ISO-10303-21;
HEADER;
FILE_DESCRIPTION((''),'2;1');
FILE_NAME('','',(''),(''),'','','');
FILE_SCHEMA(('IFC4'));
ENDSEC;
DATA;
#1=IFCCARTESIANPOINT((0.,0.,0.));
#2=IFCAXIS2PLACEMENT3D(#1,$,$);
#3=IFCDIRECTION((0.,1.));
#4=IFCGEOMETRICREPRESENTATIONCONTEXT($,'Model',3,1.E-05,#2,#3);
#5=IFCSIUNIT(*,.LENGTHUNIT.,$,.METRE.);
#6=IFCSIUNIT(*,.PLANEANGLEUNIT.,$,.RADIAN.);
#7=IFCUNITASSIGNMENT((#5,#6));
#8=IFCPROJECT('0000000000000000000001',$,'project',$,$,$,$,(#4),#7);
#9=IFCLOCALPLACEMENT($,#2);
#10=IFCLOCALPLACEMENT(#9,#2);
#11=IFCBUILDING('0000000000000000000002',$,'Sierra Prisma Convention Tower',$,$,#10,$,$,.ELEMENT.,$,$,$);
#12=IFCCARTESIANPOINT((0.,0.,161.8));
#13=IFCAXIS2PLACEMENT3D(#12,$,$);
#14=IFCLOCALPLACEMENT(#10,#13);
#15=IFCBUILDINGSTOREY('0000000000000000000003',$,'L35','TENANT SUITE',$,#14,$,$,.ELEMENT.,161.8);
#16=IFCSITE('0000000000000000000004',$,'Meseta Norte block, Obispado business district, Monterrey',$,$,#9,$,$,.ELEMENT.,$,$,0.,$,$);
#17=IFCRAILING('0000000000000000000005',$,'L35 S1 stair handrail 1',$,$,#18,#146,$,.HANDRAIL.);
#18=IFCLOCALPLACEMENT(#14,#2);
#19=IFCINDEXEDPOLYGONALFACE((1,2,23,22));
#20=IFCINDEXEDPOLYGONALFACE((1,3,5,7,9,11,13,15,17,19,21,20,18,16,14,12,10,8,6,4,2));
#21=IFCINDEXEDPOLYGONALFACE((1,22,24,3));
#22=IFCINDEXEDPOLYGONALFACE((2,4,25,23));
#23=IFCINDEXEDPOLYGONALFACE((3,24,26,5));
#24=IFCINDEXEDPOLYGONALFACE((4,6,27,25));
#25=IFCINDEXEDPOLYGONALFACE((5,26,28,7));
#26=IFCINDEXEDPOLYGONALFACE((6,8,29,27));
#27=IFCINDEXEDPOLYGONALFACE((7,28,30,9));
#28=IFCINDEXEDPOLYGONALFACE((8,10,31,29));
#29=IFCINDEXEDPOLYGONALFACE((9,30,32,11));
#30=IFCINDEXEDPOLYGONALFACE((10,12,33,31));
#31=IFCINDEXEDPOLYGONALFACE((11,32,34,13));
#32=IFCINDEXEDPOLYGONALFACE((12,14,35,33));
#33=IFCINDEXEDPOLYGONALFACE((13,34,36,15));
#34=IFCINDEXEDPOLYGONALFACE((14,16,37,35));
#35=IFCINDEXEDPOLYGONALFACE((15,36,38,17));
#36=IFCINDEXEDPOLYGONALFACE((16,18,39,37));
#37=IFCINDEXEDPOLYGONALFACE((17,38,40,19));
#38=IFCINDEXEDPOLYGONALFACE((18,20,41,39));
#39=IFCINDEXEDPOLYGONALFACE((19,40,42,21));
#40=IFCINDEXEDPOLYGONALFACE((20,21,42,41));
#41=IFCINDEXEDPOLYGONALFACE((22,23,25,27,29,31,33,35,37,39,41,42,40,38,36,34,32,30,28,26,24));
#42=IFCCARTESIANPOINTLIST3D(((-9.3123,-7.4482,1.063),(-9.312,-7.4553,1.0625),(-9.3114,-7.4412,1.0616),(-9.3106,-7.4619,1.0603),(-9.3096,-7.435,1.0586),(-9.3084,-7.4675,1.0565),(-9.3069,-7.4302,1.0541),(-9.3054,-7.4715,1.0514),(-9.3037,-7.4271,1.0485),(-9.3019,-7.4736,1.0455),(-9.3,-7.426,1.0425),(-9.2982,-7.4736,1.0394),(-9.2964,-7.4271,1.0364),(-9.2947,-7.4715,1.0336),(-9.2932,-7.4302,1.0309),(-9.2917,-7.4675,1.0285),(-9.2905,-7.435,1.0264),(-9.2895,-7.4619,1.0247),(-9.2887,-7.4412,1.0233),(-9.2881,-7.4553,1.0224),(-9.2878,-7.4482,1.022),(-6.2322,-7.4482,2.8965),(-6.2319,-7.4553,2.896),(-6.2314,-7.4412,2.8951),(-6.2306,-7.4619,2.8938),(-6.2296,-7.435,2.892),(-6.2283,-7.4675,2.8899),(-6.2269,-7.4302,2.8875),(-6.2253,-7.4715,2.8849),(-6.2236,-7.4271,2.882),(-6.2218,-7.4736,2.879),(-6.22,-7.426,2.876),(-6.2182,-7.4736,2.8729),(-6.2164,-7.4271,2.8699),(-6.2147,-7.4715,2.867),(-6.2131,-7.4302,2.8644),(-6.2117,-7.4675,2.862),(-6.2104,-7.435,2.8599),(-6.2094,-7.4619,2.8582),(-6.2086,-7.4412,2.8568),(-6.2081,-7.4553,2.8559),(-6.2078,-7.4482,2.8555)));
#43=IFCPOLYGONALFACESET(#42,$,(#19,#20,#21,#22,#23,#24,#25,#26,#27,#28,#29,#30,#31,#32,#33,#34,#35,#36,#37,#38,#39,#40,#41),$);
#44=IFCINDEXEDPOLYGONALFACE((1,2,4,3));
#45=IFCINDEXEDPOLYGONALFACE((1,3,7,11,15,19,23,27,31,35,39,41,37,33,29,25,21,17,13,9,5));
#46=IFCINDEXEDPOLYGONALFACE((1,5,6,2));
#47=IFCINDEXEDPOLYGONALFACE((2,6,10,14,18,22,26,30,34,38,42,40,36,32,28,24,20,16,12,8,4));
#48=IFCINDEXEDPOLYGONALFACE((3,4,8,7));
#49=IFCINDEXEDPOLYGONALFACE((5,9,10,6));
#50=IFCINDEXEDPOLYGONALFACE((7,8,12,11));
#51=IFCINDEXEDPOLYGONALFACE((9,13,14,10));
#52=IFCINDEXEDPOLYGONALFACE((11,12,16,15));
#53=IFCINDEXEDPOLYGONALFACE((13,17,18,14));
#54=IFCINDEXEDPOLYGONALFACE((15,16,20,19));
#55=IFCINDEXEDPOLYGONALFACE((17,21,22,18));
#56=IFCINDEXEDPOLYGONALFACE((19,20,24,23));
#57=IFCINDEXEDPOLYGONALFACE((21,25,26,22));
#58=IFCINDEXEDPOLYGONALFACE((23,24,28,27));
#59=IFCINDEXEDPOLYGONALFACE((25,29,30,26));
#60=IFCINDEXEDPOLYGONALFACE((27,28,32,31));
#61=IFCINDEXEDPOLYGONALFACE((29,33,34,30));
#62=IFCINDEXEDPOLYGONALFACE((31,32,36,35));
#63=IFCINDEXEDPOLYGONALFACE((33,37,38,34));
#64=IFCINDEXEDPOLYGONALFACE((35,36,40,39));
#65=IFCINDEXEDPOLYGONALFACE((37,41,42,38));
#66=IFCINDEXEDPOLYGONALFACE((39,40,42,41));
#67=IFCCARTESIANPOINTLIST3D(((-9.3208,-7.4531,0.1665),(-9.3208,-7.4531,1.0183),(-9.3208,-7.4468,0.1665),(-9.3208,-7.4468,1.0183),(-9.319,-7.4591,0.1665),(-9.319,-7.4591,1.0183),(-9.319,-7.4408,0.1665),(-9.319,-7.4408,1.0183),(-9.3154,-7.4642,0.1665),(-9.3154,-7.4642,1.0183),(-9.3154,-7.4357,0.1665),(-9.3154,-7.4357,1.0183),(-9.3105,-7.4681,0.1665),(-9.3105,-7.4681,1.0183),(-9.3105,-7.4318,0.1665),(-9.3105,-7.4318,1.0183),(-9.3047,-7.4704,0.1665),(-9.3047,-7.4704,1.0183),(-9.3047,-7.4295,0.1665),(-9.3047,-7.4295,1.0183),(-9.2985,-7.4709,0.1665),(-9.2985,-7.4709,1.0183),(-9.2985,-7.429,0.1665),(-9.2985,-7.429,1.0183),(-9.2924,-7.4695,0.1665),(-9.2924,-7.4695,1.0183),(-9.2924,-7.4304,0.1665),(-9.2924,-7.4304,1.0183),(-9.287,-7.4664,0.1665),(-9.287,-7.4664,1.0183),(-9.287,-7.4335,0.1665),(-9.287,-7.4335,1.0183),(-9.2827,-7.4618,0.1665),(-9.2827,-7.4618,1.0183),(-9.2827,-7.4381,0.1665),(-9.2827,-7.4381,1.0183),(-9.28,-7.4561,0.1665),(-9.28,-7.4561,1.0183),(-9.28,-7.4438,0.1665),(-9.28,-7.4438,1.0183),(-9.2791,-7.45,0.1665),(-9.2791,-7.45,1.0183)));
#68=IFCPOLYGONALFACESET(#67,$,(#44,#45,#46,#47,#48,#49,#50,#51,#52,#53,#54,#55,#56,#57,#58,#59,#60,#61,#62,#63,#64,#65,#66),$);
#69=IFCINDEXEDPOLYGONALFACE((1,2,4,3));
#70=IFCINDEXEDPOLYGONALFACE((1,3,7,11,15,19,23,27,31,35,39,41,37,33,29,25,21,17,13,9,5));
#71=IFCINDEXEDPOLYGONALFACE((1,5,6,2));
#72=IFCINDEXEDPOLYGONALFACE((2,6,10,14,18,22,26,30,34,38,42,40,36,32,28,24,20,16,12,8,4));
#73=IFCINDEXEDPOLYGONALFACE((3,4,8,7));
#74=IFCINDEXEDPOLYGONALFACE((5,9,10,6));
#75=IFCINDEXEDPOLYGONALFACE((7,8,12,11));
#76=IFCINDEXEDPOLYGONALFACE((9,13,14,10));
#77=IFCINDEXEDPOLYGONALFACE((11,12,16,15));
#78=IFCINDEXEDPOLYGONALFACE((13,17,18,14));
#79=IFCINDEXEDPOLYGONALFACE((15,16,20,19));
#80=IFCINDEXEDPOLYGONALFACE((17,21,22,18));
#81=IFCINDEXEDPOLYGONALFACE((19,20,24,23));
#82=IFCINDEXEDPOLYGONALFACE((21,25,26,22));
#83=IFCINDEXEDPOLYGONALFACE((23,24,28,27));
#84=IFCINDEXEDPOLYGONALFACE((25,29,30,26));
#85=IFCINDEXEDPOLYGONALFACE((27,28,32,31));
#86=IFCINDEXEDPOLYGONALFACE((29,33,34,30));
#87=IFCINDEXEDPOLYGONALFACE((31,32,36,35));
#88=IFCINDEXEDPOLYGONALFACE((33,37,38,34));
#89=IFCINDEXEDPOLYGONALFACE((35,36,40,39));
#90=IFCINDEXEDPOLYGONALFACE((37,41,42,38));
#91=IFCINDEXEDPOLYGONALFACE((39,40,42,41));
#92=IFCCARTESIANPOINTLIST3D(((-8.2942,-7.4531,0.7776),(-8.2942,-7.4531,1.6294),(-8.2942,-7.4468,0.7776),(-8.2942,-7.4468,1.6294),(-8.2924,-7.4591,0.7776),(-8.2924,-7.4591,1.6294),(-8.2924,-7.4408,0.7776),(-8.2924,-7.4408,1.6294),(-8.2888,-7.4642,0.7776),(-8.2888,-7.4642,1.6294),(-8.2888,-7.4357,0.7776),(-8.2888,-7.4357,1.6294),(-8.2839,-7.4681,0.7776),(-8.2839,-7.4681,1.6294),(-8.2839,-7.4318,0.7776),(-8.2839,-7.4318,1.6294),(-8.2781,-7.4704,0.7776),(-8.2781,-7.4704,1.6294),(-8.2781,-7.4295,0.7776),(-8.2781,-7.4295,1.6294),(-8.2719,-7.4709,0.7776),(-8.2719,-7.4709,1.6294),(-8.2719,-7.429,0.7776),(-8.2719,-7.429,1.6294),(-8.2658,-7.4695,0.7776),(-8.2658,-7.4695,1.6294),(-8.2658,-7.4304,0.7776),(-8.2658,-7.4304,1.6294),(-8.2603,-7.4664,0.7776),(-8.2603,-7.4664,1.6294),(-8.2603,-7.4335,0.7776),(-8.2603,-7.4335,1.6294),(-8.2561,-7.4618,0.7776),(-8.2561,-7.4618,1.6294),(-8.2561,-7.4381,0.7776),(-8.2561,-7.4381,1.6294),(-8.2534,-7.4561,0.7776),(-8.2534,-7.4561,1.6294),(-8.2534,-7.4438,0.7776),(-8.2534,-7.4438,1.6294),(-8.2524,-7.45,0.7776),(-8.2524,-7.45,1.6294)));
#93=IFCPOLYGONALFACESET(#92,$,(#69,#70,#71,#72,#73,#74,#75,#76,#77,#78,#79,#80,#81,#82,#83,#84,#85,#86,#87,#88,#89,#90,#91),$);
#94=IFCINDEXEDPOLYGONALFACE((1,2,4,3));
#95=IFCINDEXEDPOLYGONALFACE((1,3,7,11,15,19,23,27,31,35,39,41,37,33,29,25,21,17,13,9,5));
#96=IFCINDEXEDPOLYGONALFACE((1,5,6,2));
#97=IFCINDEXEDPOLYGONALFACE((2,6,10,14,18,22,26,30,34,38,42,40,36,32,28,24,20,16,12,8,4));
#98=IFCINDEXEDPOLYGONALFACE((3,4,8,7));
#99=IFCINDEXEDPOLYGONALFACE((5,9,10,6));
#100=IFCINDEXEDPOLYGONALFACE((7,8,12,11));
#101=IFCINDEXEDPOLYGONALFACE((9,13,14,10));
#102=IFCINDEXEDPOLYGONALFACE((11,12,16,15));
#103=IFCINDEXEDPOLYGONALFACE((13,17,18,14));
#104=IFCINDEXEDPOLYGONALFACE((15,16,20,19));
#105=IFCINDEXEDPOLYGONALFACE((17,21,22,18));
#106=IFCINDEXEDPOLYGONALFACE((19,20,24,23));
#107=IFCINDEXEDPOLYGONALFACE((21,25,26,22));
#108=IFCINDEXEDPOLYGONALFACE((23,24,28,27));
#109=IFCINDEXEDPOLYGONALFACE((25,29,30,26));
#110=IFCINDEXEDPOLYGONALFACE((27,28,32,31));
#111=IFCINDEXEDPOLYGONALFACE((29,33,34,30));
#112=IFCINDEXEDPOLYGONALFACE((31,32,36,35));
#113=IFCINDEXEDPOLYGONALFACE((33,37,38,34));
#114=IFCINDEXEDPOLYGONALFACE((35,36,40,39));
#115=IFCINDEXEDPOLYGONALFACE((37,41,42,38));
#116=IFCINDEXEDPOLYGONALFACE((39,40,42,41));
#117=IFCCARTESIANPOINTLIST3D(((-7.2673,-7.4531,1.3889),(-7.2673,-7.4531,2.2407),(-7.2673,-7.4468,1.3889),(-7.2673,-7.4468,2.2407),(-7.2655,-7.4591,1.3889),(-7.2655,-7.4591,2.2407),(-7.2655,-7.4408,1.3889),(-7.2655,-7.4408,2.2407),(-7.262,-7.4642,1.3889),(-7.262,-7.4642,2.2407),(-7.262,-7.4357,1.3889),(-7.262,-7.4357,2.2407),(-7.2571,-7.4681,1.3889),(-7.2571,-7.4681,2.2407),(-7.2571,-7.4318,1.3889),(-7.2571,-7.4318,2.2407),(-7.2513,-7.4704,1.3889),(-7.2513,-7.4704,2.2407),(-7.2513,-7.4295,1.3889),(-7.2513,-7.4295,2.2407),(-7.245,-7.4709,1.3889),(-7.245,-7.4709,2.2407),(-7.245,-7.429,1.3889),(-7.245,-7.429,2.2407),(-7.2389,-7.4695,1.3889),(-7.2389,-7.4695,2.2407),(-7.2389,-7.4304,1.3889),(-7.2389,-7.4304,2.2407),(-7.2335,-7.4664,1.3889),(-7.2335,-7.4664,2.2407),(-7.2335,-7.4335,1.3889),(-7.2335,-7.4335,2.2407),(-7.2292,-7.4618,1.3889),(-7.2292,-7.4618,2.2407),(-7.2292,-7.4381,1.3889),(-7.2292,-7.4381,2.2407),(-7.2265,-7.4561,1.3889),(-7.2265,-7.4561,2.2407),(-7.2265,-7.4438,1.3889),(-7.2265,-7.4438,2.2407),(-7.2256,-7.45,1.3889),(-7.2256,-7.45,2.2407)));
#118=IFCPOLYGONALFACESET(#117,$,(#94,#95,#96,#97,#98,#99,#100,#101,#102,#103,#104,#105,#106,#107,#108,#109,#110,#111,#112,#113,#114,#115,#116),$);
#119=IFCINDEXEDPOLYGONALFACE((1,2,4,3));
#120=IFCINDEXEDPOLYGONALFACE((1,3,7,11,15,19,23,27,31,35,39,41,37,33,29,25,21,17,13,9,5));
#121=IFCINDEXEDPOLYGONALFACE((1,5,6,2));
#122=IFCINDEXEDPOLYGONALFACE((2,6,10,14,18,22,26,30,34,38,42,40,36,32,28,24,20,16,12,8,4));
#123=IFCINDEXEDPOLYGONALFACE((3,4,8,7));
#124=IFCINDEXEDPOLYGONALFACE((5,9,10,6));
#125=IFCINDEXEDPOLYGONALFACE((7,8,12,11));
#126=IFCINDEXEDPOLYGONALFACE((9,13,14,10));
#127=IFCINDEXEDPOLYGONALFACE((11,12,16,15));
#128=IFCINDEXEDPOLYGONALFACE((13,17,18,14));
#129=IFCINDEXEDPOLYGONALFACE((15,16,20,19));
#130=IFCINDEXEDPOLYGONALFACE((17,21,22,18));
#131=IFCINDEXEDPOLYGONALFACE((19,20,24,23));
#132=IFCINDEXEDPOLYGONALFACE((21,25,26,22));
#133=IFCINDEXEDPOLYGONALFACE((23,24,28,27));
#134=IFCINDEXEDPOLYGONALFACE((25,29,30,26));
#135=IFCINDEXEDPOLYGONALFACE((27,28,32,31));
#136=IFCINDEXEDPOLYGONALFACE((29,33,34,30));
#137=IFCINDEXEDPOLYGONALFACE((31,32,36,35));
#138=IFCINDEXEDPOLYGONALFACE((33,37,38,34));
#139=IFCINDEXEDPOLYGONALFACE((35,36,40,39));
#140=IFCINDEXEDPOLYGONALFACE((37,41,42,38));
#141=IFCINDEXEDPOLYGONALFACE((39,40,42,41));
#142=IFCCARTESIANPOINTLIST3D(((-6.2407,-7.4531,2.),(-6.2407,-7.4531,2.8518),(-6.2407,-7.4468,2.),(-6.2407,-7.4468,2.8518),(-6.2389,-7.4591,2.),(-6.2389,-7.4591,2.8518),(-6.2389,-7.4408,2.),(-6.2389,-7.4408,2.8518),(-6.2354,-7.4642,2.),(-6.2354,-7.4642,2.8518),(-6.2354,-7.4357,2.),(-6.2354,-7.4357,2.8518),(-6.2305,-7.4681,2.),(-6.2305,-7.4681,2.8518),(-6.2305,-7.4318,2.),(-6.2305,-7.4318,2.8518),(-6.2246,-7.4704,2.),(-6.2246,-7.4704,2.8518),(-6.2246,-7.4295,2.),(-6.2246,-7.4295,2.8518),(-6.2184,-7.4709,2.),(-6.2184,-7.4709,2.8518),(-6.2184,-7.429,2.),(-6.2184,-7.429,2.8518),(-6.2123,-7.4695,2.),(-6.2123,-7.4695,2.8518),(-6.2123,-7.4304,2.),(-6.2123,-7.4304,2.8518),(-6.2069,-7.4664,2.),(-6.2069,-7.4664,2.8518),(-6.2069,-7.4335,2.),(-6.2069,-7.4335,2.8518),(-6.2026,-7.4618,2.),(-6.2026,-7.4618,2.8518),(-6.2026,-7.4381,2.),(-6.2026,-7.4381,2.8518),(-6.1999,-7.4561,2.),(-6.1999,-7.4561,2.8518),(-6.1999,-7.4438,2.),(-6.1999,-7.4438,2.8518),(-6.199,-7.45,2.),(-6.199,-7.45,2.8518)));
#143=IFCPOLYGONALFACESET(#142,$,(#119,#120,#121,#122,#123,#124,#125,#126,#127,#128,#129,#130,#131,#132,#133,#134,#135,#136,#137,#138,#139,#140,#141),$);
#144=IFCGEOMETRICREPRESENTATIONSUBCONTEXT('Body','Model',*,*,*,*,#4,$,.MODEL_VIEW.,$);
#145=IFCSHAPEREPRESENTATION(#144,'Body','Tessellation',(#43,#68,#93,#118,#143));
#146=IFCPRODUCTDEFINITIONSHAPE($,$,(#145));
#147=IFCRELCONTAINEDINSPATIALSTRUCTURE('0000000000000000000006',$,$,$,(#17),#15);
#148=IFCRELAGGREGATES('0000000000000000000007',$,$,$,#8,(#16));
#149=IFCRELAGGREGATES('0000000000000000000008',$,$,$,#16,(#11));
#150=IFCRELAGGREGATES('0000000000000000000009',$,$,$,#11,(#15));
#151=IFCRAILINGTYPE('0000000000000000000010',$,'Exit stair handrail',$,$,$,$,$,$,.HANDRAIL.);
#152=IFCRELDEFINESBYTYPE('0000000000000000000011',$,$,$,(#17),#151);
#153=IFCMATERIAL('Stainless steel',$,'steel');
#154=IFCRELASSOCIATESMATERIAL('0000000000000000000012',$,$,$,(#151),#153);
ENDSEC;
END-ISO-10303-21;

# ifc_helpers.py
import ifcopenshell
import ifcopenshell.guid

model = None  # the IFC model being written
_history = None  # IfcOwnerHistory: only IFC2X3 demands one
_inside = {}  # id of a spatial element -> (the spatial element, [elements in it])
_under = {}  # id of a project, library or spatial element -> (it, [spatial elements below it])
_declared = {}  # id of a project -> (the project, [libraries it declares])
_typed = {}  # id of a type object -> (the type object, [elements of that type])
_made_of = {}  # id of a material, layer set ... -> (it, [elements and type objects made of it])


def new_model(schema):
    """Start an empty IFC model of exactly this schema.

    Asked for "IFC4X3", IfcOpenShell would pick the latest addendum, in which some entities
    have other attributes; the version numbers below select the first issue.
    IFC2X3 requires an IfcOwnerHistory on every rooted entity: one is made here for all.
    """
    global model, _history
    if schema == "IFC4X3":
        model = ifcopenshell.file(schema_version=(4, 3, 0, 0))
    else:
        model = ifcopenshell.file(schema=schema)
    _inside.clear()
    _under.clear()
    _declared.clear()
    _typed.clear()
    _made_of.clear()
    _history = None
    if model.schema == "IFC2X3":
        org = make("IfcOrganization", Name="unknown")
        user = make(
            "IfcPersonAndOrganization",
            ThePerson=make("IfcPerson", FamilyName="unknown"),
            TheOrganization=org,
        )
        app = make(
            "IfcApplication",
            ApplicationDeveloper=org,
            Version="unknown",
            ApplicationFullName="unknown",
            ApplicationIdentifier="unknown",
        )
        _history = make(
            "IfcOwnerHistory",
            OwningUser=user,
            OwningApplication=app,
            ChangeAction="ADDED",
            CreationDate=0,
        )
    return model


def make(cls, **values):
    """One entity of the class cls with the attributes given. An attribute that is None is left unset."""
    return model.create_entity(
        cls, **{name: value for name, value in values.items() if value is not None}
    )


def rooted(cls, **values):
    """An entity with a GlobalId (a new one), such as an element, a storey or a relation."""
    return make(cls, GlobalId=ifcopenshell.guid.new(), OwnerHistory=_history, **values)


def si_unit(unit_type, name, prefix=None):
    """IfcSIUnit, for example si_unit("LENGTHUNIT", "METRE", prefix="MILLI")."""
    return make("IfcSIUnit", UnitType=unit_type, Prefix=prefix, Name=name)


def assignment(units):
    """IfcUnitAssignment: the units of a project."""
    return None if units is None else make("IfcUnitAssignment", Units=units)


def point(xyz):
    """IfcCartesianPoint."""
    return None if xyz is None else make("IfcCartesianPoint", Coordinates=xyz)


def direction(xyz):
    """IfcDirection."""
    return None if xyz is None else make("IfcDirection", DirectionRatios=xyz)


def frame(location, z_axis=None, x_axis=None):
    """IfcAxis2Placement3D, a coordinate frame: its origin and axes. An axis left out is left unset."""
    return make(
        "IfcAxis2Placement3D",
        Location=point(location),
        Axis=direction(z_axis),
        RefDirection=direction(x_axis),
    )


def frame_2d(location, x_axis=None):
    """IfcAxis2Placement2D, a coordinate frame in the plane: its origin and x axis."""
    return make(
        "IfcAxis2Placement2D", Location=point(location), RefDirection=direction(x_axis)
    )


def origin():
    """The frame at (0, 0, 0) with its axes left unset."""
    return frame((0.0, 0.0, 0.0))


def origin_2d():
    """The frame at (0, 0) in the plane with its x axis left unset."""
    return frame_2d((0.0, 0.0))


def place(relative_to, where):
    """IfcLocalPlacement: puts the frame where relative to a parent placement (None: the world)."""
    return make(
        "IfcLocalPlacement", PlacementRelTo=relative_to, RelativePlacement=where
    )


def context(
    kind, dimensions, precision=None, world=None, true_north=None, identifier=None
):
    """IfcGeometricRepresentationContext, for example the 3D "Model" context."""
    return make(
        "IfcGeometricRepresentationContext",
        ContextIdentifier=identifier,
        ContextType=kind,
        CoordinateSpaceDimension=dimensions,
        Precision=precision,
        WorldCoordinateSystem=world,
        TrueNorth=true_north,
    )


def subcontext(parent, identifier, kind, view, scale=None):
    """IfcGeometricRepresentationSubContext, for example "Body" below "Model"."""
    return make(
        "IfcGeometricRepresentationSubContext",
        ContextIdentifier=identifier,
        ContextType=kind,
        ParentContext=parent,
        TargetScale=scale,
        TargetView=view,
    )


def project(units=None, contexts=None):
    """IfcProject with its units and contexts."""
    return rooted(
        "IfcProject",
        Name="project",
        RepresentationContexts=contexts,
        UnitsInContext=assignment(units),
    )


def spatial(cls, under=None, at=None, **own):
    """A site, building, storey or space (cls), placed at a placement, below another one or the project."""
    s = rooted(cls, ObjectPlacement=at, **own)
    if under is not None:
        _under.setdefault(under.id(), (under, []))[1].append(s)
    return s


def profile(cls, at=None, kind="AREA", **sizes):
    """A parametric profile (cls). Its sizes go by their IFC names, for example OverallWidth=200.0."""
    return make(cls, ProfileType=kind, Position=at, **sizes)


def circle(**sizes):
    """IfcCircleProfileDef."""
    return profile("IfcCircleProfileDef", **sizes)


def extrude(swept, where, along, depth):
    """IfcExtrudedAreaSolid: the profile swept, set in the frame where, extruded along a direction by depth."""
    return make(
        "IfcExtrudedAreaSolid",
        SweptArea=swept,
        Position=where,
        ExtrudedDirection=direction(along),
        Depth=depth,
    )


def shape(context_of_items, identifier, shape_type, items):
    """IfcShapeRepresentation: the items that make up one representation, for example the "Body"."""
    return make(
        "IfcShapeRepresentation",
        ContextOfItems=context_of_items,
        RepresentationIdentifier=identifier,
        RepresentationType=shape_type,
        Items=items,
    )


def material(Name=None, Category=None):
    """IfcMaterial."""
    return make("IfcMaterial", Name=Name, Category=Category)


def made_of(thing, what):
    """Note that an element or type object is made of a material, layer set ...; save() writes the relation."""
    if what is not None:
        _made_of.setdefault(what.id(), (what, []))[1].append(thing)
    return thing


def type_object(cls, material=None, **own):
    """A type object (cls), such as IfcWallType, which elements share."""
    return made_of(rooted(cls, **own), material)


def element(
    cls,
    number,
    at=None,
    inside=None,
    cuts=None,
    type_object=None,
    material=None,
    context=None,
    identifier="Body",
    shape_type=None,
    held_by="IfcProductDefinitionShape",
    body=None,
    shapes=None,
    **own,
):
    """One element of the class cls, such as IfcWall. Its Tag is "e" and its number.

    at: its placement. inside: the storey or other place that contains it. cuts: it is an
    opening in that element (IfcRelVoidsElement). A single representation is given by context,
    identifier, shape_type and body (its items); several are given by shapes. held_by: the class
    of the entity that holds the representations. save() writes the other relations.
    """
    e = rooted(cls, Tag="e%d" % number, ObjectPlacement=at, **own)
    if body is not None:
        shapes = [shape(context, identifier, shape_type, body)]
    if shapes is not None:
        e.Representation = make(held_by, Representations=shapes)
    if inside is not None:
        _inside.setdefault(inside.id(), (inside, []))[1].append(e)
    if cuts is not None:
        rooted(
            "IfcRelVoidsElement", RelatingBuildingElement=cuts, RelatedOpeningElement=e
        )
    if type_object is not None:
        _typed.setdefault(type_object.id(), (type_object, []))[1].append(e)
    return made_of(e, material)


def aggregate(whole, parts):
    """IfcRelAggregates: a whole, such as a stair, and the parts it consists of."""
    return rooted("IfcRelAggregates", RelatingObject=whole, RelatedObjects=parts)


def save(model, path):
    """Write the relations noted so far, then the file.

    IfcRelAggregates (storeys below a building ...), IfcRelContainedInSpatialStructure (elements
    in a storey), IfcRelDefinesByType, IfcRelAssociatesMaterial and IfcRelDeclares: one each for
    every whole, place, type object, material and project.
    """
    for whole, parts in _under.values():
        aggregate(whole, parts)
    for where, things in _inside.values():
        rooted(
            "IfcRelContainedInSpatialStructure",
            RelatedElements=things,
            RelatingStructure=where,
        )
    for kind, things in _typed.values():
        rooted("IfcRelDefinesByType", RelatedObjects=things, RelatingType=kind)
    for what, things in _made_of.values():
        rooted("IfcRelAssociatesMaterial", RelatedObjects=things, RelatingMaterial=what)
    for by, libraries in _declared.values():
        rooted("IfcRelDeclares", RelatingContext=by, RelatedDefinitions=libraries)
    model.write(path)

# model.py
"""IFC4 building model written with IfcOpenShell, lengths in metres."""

from ifc_helpers import new_model, si_unit, direction, frame, origin, origin_2d, place, context, subcontext, project, spatial, circle, extrude, material, type_object, element, save


model = new_model("IFC4")

# Units and contexts
model_context = context("Model", 3, precision=1e-05, world=origin(), true_north=direction((0.0, 1.0)))
body_context = subcontext(model_context, "Body", "Model", "MODEL_VIEW")
ifc_project = project(units=[si_unit("LENGTHUNIT", "METRE"), si_unit("PLANEANGLEUNIT", "RADIAN")], contexts=[model_context])

# Site, building, storey
site_placement = place(None, origin())
site = spatial("IfcSite", under=ifc_project, at=site_placement, Name="Meseta Norte block, Obispado business district, Monterrey", CompositionType="ELEMENT", RefElevation=0.0)
building_placement = place(site_placement, origin())
building = spatial("IfcBuilding", under=site, at=building_placement, Name="Sierra Prisma Convention Tower", CompositionType="ELEMENT")
storey_placement = place(building_placement, frame((0.0, 0.0, 161.8)))
storey = spatial("IfcBuildingStorey", under=building, at=storey_placement, Name="L35", Description="TENANT SUITE", CompositionType="ELEMENT", Elevation=161.8)

# Railing
ifc_material_1 = material(Name="Stainless steel", Category="steel")
railing_type = type_object("IfcRailingType", Name="Exit stair handrail", PredefinedType="HANDRAIL", material=ifc_material_1)
railing_placement = place(storey_placement, frame((-9.3, -7.45, 0.1665)))
element("IfcRailing", 1, at=railing_placement, inside=storey, type_object=railing_type, Name="L35 S1 stair handrail 1", PredefinedType="HANDRAIL", context=body_context, shape_type="SweptSolid", body=[
    extrude(circle(Radius=0.0239, at=origin_2d()), frame((0.0, 0.0, 0.876), z_axis=(0.859279, 0.0, 0.511508), x_axis=(0.0, 1.0, 0.0)), (0.0, 0.0, 1.0), 3.5845),
    extrude(circle(Radius=0.021, at=origin_2d()), origin(), (0.0, 0.0, 1.0), 0.8518),
    extrude(circle(Radius=0.021, at=origin_2d()), frame((1.0266, 0.0, 0.6111)), (0.0, 0.0, 1.0), 0.8518),
    extrude(circle(Radius=0.021, at=origin_2d()), frame((2.0535, 0.0, 1.2224)), (0.0, 0.0, 1.0), 0.8518),
    extrude(circle(Radius=0.021, at=origin_2d()), frame((3.0801, 0.0, 1.8335)), (0.0, 0.0, 1.0), 0.8518),
])

save(model, "model.ifc")
